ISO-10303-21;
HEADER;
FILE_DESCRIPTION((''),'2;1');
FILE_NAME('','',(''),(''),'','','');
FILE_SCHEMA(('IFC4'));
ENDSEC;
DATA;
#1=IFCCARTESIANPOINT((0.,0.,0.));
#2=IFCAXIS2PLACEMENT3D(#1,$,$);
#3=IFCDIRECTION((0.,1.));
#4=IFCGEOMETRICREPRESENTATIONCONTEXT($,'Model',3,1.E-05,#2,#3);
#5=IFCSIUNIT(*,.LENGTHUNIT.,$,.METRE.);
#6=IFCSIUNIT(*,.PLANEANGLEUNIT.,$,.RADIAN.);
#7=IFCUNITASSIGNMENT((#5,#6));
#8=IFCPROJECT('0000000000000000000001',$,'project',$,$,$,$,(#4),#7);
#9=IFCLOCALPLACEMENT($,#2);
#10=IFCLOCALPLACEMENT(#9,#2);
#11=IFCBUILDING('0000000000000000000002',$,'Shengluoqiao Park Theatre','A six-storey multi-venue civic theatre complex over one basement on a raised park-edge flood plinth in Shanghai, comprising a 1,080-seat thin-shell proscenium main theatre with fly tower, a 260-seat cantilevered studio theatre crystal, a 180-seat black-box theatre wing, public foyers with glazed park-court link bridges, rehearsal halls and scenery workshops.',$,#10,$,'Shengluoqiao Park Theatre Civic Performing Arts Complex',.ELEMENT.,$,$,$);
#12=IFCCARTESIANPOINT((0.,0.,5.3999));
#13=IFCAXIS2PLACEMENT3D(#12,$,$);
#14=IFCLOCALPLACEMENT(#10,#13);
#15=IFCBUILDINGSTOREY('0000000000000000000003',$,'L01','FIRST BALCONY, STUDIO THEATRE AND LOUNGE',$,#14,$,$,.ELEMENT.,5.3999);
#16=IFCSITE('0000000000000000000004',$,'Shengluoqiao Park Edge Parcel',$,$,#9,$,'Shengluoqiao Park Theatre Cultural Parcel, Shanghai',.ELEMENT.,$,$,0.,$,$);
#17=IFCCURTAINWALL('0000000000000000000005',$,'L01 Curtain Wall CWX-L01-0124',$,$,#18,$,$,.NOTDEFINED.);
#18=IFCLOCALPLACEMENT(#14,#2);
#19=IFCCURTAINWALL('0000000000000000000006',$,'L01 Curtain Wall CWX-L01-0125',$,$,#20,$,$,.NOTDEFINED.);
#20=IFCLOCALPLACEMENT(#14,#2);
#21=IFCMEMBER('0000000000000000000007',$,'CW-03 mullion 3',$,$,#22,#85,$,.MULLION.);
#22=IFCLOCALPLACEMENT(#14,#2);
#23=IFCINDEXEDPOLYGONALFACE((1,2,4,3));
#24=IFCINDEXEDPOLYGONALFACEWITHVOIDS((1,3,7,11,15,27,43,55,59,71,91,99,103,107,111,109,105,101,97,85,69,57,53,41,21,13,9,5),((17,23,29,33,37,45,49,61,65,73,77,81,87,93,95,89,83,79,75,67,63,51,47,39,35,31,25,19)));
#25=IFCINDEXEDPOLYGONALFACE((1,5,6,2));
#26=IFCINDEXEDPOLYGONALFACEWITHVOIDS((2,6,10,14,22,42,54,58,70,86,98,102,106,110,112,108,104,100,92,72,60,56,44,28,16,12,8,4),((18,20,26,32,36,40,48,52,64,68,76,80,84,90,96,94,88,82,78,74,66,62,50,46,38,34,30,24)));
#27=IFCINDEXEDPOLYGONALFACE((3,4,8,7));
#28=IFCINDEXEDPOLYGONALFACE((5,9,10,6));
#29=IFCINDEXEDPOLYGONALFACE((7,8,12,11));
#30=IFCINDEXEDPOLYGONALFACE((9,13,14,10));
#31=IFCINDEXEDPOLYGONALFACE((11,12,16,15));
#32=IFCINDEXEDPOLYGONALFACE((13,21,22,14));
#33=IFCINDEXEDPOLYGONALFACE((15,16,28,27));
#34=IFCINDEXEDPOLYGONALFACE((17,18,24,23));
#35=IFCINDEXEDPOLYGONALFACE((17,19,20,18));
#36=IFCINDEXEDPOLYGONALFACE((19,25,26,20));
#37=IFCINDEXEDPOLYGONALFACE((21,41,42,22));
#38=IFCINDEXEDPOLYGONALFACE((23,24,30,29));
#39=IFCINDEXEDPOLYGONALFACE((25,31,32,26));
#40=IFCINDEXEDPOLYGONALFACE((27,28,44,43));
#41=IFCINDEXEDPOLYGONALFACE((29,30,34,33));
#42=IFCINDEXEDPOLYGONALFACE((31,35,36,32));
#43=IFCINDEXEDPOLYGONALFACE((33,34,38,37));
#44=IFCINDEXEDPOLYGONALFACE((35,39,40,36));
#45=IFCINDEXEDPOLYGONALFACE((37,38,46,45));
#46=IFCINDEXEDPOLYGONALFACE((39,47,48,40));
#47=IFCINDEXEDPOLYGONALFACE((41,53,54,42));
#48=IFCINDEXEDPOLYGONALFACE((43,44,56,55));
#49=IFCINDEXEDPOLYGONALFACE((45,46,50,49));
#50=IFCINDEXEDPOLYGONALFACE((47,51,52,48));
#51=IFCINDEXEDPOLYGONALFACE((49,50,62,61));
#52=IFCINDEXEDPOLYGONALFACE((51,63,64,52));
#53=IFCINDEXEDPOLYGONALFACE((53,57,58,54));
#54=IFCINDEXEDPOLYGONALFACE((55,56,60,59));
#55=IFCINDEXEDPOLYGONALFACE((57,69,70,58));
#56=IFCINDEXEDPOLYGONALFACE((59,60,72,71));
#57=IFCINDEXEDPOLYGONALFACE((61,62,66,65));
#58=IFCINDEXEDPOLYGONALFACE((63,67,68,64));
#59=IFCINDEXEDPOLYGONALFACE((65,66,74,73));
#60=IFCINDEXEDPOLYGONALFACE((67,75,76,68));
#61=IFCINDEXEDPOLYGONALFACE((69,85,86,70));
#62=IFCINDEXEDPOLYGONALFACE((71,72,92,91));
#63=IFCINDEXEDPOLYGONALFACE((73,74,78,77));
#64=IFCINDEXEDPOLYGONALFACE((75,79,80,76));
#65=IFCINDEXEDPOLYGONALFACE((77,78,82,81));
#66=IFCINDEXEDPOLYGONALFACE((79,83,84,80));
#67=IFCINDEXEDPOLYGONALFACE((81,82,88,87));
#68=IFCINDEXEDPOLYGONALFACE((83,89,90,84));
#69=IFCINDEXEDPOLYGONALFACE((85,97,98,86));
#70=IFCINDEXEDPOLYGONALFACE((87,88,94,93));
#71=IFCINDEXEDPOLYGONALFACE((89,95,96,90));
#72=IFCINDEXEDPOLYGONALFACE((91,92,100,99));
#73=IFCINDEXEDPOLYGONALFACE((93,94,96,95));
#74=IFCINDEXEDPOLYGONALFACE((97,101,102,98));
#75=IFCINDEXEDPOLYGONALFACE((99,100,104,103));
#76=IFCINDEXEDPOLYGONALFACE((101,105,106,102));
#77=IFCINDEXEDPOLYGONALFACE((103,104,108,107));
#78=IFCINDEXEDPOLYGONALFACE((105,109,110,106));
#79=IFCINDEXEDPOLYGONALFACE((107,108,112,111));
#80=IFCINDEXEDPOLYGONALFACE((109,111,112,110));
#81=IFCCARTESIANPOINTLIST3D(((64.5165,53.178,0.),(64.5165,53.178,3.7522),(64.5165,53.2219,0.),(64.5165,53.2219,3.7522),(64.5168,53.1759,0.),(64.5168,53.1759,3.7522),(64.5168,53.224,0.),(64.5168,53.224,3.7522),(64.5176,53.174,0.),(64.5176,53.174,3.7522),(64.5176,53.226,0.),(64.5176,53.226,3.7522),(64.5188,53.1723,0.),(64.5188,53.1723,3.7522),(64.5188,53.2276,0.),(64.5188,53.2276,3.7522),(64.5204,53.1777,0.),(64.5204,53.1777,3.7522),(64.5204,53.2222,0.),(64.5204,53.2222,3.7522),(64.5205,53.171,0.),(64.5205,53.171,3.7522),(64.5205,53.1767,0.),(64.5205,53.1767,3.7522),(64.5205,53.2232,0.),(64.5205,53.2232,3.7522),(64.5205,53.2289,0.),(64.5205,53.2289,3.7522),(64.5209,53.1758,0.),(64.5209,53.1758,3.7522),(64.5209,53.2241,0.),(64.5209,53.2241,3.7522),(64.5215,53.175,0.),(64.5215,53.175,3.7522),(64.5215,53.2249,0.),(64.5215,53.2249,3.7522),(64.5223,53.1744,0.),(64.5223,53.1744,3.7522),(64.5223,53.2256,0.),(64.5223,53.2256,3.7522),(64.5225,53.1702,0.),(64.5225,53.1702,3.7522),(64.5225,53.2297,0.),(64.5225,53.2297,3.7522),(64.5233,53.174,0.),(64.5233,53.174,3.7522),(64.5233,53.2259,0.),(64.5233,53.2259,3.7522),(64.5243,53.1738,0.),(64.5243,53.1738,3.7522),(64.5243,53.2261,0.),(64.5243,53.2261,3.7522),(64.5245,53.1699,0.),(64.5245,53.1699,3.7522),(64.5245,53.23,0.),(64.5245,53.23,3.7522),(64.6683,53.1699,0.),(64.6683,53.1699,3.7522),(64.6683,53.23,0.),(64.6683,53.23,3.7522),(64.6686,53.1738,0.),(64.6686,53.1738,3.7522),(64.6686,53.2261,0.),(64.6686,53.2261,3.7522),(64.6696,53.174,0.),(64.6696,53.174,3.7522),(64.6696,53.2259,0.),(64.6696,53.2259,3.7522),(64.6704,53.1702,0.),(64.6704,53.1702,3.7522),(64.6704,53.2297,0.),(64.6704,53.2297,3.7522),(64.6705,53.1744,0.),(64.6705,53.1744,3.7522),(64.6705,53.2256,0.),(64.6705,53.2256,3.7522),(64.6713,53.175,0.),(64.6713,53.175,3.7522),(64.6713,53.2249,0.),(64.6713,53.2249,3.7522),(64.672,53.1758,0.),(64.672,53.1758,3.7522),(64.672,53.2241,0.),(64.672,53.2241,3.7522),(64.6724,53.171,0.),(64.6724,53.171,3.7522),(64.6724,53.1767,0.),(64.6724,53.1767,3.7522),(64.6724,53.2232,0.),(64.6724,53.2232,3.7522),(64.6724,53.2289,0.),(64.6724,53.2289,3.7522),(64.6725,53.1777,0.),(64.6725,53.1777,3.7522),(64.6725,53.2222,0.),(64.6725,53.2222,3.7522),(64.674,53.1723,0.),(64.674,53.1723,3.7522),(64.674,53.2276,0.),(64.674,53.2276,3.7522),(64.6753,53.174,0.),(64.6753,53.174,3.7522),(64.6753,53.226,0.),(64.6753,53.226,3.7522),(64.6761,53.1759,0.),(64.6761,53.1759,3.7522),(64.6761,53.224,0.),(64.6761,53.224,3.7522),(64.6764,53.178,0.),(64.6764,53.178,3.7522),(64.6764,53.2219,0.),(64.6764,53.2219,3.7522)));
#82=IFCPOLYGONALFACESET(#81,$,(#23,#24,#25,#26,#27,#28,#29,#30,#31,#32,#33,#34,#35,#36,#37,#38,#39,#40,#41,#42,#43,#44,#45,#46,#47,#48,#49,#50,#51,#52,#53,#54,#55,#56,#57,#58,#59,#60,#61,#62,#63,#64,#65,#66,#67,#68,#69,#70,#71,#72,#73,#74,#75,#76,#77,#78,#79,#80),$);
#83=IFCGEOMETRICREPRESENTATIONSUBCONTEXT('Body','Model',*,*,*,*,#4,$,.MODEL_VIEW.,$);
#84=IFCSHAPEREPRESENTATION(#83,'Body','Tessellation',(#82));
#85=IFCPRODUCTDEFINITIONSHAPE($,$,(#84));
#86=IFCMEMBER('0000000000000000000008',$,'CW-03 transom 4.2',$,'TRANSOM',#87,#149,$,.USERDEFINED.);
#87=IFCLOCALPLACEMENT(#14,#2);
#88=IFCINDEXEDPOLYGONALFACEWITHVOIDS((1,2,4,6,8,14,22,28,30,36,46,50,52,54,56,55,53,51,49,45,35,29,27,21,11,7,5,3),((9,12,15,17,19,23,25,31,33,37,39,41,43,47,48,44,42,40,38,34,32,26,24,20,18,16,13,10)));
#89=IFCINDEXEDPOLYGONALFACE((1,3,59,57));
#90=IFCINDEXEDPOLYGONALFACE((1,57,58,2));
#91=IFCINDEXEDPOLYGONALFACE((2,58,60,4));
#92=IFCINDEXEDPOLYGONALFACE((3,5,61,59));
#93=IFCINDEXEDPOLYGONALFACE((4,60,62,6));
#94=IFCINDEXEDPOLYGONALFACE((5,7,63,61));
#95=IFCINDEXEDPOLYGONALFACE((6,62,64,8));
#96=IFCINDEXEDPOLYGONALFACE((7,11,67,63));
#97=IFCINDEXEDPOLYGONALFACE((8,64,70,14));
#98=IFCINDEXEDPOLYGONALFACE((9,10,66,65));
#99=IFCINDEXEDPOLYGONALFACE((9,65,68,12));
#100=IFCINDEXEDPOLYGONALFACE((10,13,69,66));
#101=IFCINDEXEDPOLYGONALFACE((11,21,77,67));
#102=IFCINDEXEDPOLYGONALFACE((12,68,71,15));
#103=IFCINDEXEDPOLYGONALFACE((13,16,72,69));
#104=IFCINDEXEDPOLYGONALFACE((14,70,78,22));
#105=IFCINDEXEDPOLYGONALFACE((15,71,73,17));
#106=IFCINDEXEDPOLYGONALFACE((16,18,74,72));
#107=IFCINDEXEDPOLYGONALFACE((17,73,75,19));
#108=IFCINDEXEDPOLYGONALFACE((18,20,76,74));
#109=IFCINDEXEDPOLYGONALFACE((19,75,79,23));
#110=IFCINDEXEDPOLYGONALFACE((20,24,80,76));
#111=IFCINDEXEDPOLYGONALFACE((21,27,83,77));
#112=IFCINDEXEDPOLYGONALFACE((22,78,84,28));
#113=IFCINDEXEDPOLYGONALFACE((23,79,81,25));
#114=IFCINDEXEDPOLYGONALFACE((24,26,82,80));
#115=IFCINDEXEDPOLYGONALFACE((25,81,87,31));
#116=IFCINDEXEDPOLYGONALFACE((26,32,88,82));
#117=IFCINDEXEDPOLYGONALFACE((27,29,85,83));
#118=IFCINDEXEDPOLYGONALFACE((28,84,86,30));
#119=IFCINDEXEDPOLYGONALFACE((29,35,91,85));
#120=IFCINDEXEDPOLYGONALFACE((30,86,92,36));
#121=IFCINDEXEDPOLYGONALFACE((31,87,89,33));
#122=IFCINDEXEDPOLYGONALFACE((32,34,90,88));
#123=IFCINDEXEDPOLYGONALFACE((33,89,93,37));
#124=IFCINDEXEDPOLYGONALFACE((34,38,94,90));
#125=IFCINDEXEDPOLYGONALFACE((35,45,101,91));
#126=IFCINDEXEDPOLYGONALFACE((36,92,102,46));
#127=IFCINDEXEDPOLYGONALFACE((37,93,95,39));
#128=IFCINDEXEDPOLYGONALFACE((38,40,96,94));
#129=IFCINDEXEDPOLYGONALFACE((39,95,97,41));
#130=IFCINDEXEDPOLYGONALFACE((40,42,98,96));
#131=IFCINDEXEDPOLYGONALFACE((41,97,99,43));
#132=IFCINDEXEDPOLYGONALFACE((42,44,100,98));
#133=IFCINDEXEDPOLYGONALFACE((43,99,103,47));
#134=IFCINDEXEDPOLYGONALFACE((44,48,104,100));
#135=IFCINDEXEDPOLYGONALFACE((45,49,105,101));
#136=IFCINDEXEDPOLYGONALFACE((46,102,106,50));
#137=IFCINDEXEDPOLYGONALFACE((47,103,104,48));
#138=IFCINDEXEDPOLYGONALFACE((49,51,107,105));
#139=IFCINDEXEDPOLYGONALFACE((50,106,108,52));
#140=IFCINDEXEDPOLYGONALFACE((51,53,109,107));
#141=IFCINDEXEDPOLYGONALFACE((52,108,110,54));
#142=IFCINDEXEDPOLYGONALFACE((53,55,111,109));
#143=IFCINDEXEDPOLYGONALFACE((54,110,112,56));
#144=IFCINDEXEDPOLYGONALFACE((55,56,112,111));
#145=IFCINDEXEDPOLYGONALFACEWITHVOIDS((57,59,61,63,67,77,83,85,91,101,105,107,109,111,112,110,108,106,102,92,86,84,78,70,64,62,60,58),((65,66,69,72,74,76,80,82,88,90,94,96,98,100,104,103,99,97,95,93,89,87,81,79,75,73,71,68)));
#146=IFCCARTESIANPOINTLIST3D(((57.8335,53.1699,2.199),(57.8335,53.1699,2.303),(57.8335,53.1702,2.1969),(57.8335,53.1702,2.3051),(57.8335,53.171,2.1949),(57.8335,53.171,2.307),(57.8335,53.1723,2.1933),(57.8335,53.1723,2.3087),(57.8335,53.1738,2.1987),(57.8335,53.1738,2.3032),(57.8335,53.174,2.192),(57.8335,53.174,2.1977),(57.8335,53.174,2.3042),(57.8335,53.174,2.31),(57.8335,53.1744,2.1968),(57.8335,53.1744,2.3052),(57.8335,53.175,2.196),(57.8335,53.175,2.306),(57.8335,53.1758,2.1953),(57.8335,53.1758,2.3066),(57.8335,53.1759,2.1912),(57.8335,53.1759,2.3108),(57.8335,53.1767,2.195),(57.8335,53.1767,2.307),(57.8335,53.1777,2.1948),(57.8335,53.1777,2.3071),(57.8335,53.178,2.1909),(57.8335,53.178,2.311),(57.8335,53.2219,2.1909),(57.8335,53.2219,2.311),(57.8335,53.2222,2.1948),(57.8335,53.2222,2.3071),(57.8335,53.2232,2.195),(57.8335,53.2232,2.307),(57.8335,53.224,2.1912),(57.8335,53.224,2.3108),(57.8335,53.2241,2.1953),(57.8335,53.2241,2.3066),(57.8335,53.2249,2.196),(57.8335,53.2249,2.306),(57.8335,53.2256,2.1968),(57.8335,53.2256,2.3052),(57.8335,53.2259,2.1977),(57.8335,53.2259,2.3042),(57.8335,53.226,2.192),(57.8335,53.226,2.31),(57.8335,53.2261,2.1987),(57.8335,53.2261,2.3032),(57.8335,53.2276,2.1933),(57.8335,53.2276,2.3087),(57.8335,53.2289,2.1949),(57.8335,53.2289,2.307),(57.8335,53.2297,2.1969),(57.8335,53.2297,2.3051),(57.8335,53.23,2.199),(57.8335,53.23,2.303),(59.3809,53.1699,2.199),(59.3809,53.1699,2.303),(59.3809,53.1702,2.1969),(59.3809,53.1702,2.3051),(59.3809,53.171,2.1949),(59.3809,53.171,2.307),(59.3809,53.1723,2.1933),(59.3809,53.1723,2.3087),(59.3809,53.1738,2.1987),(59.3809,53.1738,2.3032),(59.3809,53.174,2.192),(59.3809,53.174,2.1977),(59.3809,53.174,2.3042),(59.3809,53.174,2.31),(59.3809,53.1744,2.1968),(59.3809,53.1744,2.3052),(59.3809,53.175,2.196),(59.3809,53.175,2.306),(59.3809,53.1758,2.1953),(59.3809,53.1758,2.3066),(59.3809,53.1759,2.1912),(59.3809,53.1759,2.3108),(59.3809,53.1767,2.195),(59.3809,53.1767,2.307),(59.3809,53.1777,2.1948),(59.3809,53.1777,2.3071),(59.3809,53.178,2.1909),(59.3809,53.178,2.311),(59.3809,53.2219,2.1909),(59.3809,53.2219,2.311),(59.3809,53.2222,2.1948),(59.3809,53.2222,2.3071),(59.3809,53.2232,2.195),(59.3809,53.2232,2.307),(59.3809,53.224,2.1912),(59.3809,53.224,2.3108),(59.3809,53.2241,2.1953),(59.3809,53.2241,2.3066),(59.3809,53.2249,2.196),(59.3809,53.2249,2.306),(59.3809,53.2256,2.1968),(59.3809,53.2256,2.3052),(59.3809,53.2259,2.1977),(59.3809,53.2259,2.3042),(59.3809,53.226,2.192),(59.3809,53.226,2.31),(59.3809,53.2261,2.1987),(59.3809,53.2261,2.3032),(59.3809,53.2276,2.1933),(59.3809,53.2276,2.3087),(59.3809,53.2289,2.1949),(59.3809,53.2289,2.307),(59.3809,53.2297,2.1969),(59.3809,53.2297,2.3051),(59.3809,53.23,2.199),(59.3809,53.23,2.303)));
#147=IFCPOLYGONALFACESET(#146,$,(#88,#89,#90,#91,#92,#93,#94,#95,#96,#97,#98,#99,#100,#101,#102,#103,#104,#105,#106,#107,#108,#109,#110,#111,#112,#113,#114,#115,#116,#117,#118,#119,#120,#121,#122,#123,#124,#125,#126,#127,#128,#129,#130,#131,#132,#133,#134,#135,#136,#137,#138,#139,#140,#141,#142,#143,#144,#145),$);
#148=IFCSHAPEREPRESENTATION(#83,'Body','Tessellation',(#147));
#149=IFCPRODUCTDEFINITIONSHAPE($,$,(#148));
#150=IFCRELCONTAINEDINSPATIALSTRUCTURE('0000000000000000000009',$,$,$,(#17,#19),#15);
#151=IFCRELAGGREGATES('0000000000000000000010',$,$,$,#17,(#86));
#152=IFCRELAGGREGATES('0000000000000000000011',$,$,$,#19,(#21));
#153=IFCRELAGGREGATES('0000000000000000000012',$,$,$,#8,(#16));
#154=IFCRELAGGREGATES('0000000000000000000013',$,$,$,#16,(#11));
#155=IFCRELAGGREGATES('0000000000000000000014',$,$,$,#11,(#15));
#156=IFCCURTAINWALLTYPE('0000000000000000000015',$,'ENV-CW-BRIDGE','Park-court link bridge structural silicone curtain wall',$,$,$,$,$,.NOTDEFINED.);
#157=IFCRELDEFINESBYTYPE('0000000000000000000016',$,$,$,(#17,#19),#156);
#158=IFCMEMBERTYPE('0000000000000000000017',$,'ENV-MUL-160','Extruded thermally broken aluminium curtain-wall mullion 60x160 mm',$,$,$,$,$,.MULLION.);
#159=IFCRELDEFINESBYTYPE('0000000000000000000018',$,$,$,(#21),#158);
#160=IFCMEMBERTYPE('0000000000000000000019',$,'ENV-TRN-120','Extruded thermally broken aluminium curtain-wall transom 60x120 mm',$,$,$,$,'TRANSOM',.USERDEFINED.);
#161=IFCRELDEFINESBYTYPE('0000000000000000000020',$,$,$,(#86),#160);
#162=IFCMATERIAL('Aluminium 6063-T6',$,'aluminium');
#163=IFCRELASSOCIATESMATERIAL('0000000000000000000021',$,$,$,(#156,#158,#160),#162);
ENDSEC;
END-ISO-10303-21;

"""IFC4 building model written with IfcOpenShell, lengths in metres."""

from ifc_helpers import new_model, si_unit, direction, frame, origin, origin_2d, place, context, subcontext, project, spatial, hollow_rectangle, extrude, material, material_profile, profile_set, type_object, element, aggregate, save


model = new_model("IFC4")

# Units and contexts
model_context = context("Model", 3, precision=1e-05, world=origin(), true_north=direction((0.0, 1.0)))
body_context = subcontext(model_context, "Body", "Model", "MODEL_VIEW")
ifc_project = project(units=[si_unit("LENGTHUNIT", "METRE"), si_unit("PLANEANGLEUNIT", "RADIAN")], contexts=[model_context])

# Site, building, storey
site_placement = place(None, origin())
site = spatial("IfcSite", under=ifc_project, at=site_placement, Name="Shengluoqiao Park Edge Parcel", LongName="Shengluoqiao Park Theatre Cultural Parcel, Shanghai", CompositionType="ELEMENT", RefElevation=0.0)
building_placement = place(site_placement, origin())
building = spatial("IfcBuilding", under=site, at=building_placement, Name="Shengluoqiao Park Theatre", Description="A six-storey multi-venue civic theatre complex over one basement on a raised park-edge flood plinth in Shanghai, comprising a 1,080-seat thin-shell proscenium main theatre with fly tower, a 260-seat cantilevered studio theatre crystal, a 180-seat black-box theatre wing, public foyers with glazed park-court link bridges, rehearsal halls and scenery workshops.", LongName="Shengluoqiao Park Theatre Civic Performing Arts Complex", CompositionType="ELEMENT")
storey_placement = place(building_placement, frame((0.0, 0.0, 5.3999)))
storey = spatial("IfcBuildingStorey", under=building, at=storey_placement, Name="L01", Description="FIRST BALCONY, STUDIO THEATRE AND LOUNGE", CompositionType="ELEMENT", Elevation=5.3999)

# Curtain walls, member
ifc_material_1 = material(Name="Aluminium 6063-T6", Category="aluminium")
curtain_wall_type = type_object("IfcCurtainWallType", Name="ENV-CW-BRIDGE", Description="Park-court link bridge structural silicone curtain wall", PredefinedType="NOTDEFINED", material=ifc_material_1)
curtain_wall_1_placement = place(storey_placement, origin())
curtain_wall_1 = element("IfcCurtainWall", 1, at=curtain_wall_1_placement, inside=storey, type_object=curtain_wall_type, Name="L01 Curtain Wall CWX-L01-0124", PredefinedType="NOTDEFINED")
ifc_material_profile_1 = material_profile(ifc_material_1, hollow_rectangle(XDim=0.0601, YDim=0.1599, WallThickness=0.0039, InnerFilletRadius=0.0039, OuterFilletRadius=0.0081, at=origin_2d()), Name="ALU MULLION 160x60x4")
ifc_profile_set_1 = profile_set([ifc_material_profile_1], Name="Aluminium 6063-T6")
member_type_1 = type_object("IfcMemberType", Name="ENV-MUL-160", Description="Extruded thermally broken aluminium curtain-wall mullion 60x160 mm", PredefinedType="MULLION", material=ifc_profile_set_1)
curtain_wall_2_placement = place(storey_placement, origin())
curtain_wall_2 = element("IfcCurtainWall", 2, at=curtain_wall_2_placement, inside=storey, type_object=curtain_wall_type, Name="L01 Curtain Wall CWX-L01-0125", PredefinedType="NOTDEFINED")
member_1_placement = place(storey_placement, frame((64.5964, 53.2, 0.0), z_axis=(0.0, 0.0, 1.0), x_axis=(0.0, 1.0, 0.0)))
member_1 = element("IfcMember", 3, at=member_1_placement, type_object=member_type_1, Name="CW-03 mullion 3", PredefinedType="MULLION", context=body_context, shape_type="SweptSolid", body=[
    extrude(hollow_rectangle(XDim=0.0601, YDim=0.1599, WallThickness=0.0039, InnerFilletRadius=0.0039, OuterFilletRadius=0.0081, at=origin_2d()), origin(), (0.0, 0.0, 1.0), 3.7522),
])

# Member
ifc_material_profile_2 = material_profile(ifc_material_1, hollow_rectangle(XDim=0.0601, YDim=0.1201, WallThickness=0.0039, InnerFilletRadius=0.0039, OuterFilletRadius=0.0081, at=origin_2d()), Name="ALU TRANSOM 120x60x4")
ifc_profile_set_2 = profile_set([ifc_material_profile_2], Name="Aluminium 6063-T6")
member_type_2 = type_object("IfcMemberType", Name="ENV-TRN-120", Description="Extruded thermally broken aluminium curtain-wall transom 60x120 mm", ElementType="TRANSOM", PredefinedType="USERDEFINED", material=ifc_profile_set_2)
member_2_placement = place(storey_placement, frame((57.8335, 53.2, 2.251), z_axis=(1.0, 0.0, 0.0), x_axis=(0.0, 1.0, 0.0)))
member_2 = element("IfcMember", 4, at=member_2_placement, type_object=member_type_2, Name="CW-03 transom 4.2", ObjectType="TRANSOM", PredefinedType="USERDEFINED", context=body_context, shape_type="SweptSolid", body=[
    extrude(hollow_rectangle(XDim=0.0601, YDim=0.1201, WallThickness=0.0039, InnerFilletRadius=0.0039, OuterFilletRadius=0.0081, at=origin_2d()), origin(), (0.0, 0.0, 1.0), 1.5474),
])

aggregate(curtain_wall_1, [member_2])
aggregate(curtain_wall_2, [member_1])

save(model, "model.ifc")
